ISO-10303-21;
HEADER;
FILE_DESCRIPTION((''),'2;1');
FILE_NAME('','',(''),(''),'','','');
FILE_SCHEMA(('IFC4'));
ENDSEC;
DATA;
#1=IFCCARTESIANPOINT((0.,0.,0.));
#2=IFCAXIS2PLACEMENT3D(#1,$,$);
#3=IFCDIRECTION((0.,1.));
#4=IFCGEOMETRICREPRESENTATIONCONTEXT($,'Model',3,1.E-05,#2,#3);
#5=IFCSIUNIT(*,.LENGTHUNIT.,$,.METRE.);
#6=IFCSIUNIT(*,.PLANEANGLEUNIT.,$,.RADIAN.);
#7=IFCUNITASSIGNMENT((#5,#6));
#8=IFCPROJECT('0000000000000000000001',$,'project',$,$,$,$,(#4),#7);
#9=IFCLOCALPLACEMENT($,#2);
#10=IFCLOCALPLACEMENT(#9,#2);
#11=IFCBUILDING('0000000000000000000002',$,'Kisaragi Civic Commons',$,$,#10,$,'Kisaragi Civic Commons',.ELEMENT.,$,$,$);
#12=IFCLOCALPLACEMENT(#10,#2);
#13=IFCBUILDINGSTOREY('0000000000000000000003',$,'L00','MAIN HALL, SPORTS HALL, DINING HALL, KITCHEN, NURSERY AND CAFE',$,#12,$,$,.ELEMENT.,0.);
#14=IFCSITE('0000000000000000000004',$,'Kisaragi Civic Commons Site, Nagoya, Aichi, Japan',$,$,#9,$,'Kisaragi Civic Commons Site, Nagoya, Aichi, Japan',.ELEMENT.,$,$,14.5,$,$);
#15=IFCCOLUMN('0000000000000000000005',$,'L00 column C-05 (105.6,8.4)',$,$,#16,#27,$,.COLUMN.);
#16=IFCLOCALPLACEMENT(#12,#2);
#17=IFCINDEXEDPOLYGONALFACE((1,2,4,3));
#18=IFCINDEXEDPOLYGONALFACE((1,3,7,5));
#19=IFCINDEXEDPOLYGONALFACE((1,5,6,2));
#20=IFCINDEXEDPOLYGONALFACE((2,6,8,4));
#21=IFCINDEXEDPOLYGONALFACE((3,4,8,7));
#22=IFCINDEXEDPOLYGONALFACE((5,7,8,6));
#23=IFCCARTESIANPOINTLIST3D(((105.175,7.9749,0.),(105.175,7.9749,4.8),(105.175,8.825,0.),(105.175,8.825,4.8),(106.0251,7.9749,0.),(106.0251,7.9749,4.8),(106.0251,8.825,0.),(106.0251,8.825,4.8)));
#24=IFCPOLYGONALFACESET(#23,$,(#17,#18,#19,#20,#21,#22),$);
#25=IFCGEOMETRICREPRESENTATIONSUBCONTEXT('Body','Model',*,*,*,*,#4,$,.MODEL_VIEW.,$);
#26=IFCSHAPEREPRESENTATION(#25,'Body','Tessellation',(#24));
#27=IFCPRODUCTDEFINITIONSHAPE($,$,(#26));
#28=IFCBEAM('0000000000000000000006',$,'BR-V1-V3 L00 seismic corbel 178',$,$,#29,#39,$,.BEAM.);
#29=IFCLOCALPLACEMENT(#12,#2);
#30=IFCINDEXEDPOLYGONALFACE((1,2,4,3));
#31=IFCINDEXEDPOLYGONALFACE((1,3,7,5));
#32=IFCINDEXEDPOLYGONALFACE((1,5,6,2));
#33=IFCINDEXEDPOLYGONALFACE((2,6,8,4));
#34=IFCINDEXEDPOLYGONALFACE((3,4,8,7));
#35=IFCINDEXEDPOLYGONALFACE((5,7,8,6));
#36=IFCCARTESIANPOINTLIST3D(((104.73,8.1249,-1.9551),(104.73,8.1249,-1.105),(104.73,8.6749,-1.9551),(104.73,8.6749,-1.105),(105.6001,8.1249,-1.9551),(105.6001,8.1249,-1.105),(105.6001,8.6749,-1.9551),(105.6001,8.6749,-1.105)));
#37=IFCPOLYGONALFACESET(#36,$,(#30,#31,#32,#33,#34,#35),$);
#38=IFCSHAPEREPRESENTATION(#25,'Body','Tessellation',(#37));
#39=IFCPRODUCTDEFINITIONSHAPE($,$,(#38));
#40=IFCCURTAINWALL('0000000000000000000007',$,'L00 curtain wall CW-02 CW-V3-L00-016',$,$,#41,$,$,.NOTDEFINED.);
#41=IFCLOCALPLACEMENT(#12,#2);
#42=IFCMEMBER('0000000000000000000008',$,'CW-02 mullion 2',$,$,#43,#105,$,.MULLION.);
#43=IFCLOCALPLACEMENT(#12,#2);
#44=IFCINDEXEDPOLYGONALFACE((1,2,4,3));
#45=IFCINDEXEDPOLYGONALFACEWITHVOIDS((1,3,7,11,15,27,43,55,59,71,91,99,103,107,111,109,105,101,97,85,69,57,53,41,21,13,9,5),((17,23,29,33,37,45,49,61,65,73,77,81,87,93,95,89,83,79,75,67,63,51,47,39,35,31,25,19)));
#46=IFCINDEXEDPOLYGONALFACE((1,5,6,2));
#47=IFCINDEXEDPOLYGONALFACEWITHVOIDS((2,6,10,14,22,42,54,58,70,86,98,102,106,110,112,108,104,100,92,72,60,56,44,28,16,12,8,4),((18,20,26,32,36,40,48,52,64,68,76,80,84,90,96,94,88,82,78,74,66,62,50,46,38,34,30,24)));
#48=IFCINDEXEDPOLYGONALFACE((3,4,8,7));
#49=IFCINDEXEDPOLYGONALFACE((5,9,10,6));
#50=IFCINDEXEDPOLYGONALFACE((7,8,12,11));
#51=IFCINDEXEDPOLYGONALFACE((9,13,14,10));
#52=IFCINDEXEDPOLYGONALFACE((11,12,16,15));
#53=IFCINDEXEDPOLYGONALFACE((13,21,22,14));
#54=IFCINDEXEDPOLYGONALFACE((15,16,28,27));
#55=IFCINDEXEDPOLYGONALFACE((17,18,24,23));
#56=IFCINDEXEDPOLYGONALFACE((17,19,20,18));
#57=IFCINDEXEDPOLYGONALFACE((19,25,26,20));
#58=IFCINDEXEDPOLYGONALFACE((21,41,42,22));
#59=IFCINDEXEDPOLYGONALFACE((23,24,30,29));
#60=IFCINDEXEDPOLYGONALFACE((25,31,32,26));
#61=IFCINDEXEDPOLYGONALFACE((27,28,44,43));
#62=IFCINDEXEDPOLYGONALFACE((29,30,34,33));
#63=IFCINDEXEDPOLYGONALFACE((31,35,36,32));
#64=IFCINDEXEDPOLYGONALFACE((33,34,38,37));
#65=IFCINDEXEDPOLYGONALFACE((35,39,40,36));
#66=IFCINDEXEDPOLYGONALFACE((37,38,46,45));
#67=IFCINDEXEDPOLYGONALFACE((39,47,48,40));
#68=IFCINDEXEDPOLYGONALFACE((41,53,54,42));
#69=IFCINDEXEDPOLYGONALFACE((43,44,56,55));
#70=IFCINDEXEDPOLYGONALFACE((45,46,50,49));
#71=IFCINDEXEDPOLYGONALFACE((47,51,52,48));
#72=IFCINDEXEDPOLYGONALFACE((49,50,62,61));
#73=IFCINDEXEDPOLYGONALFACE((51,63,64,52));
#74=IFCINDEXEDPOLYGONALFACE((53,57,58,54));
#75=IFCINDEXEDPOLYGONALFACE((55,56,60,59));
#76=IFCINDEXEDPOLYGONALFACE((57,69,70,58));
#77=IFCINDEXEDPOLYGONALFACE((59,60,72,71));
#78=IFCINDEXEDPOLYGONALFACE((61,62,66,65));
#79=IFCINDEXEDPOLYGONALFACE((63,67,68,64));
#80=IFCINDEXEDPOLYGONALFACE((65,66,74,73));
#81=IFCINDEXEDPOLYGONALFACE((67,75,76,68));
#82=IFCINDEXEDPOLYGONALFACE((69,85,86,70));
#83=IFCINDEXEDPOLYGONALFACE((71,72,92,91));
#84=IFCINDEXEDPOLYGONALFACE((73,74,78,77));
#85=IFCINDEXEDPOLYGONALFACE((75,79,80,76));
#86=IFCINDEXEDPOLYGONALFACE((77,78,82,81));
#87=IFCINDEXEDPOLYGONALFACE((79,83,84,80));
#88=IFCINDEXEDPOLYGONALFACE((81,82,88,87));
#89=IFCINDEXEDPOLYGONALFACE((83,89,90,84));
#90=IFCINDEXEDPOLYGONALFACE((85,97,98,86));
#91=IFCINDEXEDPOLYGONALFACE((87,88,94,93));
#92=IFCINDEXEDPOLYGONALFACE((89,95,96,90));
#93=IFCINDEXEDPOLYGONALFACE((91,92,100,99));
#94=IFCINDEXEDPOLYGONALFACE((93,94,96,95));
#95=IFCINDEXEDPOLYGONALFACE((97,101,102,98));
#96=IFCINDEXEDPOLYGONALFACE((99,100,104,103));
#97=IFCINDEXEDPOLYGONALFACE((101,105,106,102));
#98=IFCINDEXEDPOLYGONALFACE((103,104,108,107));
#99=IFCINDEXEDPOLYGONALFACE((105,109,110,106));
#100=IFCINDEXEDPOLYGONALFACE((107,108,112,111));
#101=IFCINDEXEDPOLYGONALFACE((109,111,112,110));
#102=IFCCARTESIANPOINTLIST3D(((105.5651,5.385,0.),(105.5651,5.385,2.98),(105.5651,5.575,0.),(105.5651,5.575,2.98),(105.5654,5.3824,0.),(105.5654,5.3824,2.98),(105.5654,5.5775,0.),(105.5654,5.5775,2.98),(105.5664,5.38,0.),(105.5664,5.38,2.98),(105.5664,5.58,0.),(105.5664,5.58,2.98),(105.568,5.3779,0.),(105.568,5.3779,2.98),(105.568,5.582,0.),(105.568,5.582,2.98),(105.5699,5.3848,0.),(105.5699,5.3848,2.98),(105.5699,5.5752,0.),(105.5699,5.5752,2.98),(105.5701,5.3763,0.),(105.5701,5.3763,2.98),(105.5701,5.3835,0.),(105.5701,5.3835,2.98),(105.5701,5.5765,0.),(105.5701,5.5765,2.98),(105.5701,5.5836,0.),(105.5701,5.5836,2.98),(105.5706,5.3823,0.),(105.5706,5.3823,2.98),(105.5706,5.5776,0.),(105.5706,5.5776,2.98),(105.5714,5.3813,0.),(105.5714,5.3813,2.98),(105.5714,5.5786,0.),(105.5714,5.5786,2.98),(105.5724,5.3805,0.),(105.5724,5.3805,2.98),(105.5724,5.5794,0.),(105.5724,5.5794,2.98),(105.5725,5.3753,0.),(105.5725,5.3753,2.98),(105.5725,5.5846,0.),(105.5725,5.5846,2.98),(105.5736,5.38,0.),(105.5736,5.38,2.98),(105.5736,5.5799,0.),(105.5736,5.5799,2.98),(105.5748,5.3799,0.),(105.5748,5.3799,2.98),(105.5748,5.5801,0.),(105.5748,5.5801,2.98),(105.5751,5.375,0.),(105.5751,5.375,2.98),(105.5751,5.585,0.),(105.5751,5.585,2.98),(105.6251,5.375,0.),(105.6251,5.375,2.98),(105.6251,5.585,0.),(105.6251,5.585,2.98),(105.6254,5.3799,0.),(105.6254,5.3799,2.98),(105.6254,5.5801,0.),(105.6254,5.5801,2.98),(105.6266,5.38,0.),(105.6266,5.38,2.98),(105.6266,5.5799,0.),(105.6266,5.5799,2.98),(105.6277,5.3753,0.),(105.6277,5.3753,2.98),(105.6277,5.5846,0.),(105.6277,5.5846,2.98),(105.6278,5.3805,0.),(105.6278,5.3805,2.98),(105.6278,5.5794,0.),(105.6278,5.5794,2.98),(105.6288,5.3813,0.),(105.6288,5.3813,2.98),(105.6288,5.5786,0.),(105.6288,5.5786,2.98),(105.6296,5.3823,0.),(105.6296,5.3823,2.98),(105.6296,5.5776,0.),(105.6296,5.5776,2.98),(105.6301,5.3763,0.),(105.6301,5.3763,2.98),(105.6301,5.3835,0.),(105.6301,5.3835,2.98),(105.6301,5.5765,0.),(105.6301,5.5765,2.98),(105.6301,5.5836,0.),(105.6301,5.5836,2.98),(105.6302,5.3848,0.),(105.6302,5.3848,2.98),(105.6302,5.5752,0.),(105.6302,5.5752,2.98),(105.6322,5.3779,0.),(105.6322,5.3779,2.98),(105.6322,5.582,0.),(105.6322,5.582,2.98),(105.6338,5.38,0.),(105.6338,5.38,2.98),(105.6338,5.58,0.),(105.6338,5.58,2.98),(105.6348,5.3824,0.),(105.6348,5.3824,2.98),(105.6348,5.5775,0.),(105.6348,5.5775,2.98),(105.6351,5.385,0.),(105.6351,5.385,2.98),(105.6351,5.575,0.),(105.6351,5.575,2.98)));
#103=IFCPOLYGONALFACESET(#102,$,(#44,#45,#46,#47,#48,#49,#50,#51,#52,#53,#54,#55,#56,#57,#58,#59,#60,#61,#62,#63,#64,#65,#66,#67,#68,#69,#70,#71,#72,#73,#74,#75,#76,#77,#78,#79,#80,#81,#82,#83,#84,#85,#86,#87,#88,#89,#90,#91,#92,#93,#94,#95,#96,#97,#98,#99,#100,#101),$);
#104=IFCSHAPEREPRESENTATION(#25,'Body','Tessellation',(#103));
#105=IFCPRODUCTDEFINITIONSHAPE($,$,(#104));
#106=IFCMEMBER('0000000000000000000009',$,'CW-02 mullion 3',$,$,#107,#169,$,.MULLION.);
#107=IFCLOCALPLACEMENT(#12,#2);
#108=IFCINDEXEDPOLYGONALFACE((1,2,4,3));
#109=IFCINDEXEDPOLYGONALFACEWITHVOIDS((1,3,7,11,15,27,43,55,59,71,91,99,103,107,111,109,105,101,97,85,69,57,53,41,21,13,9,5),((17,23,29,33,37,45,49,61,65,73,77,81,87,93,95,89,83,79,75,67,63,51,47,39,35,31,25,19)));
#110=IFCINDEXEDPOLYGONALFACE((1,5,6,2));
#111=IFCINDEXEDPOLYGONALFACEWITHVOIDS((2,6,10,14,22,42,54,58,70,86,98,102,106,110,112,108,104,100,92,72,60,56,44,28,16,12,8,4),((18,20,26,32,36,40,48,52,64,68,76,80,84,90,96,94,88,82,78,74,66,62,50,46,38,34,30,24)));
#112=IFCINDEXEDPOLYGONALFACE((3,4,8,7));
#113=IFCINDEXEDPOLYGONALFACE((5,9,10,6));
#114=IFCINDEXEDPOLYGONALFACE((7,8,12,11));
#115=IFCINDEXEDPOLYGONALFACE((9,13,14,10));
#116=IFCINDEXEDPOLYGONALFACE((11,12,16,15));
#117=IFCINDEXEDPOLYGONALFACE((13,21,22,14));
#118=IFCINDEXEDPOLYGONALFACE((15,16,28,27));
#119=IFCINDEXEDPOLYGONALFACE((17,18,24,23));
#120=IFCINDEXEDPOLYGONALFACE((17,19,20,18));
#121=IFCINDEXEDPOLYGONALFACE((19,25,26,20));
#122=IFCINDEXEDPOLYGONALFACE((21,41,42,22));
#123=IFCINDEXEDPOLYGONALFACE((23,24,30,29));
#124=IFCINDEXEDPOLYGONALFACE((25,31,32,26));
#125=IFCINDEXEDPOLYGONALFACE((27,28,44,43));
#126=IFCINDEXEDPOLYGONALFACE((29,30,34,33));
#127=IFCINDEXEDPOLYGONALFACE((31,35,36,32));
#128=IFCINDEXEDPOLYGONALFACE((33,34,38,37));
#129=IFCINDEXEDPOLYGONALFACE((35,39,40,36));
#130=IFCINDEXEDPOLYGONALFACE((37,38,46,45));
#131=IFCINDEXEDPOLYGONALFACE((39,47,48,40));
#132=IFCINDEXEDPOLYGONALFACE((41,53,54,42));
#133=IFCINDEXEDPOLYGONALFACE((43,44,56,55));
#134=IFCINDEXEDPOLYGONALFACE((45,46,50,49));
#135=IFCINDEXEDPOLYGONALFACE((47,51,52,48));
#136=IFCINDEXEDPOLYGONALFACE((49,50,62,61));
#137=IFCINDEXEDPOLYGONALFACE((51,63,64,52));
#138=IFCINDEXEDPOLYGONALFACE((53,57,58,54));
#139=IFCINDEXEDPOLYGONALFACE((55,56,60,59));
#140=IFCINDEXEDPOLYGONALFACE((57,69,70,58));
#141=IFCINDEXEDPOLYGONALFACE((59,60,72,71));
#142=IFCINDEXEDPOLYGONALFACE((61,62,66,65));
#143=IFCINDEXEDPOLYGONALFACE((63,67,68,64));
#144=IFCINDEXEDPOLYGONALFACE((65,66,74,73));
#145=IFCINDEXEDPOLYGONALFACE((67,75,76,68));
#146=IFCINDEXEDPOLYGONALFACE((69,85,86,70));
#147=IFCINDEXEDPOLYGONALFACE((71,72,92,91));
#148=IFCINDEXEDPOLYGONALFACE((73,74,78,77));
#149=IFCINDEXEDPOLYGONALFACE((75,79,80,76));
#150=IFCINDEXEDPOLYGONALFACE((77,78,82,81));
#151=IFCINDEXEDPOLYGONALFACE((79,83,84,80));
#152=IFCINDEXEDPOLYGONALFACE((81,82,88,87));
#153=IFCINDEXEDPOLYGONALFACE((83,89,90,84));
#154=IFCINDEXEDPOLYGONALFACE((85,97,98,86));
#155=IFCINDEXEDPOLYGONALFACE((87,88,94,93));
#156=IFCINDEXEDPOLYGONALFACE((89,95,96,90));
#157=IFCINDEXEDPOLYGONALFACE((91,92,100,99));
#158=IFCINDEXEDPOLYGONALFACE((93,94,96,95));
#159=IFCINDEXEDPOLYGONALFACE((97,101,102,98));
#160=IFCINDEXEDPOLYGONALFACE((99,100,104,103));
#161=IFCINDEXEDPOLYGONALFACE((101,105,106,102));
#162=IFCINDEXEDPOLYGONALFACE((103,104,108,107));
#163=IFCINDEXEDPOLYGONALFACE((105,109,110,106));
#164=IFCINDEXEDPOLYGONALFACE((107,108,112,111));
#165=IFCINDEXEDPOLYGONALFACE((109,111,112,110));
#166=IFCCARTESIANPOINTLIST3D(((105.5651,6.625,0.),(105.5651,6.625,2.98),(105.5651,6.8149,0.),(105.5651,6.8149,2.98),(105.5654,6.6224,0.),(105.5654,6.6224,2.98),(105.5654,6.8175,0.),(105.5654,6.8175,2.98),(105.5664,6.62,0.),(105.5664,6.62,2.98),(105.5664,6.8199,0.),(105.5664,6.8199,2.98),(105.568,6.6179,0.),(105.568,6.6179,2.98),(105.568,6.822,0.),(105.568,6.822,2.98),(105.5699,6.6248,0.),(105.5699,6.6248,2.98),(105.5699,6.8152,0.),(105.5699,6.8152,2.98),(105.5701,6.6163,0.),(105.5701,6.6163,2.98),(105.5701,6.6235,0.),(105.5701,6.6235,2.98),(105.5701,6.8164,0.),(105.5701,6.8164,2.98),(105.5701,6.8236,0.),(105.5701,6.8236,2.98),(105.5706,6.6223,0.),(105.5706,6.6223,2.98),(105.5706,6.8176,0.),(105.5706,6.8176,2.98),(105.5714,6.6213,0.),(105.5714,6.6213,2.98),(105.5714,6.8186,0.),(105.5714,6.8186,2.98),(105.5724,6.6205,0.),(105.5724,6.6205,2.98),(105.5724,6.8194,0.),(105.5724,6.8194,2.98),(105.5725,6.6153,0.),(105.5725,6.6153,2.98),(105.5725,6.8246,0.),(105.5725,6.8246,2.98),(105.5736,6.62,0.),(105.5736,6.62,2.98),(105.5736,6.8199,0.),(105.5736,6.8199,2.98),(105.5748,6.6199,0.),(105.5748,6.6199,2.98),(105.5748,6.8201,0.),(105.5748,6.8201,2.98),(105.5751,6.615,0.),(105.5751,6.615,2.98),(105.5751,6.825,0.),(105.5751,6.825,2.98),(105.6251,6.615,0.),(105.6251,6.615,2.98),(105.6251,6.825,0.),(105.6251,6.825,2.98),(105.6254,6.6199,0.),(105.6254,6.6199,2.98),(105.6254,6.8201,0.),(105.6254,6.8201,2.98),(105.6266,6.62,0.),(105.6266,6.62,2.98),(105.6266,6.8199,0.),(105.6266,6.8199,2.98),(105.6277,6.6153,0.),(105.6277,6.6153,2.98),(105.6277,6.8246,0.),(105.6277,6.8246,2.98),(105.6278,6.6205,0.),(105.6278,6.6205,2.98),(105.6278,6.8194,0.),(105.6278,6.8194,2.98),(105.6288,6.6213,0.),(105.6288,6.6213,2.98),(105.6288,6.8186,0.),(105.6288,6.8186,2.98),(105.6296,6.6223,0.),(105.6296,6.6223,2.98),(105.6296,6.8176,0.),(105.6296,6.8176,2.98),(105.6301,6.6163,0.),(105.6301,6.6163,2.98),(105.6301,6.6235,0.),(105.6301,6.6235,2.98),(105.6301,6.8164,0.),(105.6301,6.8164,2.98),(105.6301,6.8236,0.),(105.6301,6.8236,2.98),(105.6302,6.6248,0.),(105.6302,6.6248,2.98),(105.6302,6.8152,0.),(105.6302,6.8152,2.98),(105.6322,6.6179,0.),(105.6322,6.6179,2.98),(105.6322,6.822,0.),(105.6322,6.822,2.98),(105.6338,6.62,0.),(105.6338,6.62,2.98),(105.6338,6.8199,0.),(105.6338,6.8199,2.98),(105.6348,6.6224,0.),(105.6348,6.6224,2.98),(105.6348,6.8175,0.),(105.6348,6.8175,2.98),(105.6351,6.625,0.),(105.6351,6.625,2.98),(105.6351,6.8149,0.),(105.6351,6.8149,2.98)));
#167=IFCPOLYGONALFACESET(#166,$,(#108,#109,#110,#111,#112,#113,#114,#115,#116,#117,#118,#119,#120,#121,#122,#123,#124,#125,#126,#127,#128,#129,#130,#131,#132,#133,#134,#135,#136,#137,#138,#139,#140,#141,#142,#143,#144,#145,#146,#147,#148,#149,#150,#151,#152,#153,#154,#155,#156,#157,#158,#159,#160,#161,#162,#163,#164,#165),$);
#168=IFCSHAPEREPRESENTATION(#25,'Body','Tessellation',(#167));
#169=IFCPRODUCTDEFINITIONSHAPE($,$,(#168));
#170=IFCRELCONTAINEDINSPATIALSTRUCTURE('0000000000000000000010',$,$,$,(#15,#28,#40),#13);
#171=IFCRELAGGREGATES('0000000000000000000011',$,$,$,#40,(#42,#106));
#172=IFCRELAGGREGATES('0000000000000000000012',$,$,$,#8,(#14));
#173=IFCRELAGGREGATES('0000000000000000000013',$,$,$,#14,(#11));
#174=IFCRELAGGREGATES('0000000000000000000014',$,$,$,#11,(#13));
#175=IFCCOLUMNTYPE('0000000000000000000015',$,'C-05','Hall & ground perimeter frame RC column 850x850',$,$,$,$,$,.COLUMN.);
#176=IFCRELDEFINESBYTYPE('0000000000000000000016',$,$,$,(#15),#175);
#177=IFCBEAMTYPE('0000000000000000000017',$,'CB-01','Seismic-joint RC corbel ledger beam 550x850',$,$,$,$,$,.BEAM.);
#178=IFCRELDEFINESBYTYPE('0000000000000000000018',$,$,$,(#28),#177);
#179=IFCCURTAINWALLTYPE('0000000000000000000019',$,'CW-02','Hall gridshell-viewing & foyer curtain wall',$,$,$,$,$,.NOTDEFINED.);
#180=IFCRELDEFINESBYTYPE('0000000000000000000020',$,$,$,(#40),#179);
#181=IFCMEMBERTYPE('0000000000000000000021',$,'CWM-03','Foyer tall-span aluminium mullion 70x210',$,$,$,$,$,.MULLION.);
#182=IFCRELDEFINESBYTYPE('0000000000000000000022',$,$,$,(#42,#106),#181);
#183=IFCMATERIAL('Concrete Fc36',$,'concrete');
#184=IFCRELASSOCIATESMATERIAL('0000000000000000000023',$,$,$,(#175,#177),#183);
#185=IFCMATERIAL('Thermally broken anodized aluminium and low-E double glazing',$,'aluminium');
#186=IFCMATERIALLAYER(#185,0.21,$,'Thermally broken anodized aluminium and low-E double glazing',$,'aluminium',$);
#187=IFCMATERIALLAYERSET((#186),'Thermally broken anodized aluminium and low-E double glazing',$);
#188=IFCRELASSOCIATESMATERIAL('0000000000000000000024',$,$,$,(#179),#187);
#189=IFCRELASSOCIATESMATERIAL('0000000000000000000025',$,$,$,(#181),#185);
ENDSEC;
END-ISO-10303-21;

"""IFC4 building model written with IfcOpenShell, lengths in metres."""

from ifc_helpers import new_model, si_unit, direction, frame, origin, origin_2d, place, context, subcontext, project, spatial, rectangle, hollow_rectangle, extrude, material, layer, layer_set, material_profile, profile_set, type_object, element, aggregate, save


model = new_model("IFC4")

# Units and contexts
model_context = context("Model", 3, precision=1e-05, world=origin(), true_north=direction((0.0, 1.0)))
body_context = subcontext(model_context, "Body", "Model", "MODEL_VIEW")
ifc_project = project(units=[si_unit("LENGTHUNIT", "METRE"), si_unit("PLANEANGLEUNIT", "RADIAN")], contexts=[model_context])

# Site, building, storey
site_placement = place(None, origin())
site = spatial("IfcSite", under=ifc_project, at=site_placement, Name="Kisaragi Civic Commons Site, Nagoya, Aichi, Japan", LongName="Kisaragi Civic Commons Site, Nagoya, Aichi, Japan", CompositionType="ELEMENT", RefElevation=14.5)
building_placement = place(site_placement, origin())
building = spatial("IfcBuilding", under=site, at=building_placement, Name="Kisaragi Civic Commons", LongName="Kisaragi Civic Commons", CompositionType="ELEMENT")
storey_placement = place(building_placement, origin())
storey = spatial("IfcBuildingStorey", under=building, at=storey_placement, Name="L00", Description="MAIN HALL, SPORTS HALL, DINING HALL, KITCHEN, NURSERY AND CAFE", CompositionType="ELEMENT", Elevation=0.0)

# Column
ifc_material_1 = material(Name="Concrete Fc36", Category="concrete")
ifc_material_profile_1 = material_profile(ifc_material_1, rectangle(XDim=0.8501, YDim=0.8501, at=origin_2d()), Name="RC-850x850", Category="concrete")
ifc_profile_set_1 = profile_set([ifc_material_profile_1], Name="Concrete Fc36")
column_type = type_object("IfcColumnType", Name="C-05", Description="Hall & ground perimeter frame RC column 850x850", PredefinedType="COLUMN", material=ifc_profile_set_1)
column_placement = place(storey_placement, frame((105.6001, 8.3999, 0.0), z_axis=(0.0, 0.0, 1.0), x_axis=(1.0, 0.0, 0.0)))
element("IfcColumn", 1, at=column_placement, inside=storey, type_object=column_type, Name="L00 column C-05 (105.6,8.4)", PredefinedType="COLUMN", context=body_context, shape_type="SweptSolid", body=[
    extrude(rectangle(XDim=0.8501, YDim=0.8501, at=origin_2d()), origin(), (0.0, 0.0, 1.0), 4.8),
])

# Beam
ifc_material_profile_2 = material_profile(ifc_material_1, rectangle(XDim=0.55, YDim=0.8501, at=origin_2d()), Name="RC-550x850", Category="concrete")
ifc_profile_set_2 = profile_set([ifc_material_profile_2], Name="Concrete Fc36")
beam_type_1 = type_object("IfcBeamType", Name="CB-01", Description="Seismic-joint RC corbel ledger beam 550x850", PredefinedType="BEAM", material=ifc_profile_set_2)
beam_1_placement = place(storey_placement, frame((105.6001, 8.3999, -1.53), z_axis=(-1.0, 0.0, 0.0), x_axis=(0.0, -1.0, 0.0)))
element("IfcBeam", 2, at=beam_1_placement, inside=storey, type_object=beam_type_1, Name="BR-V1-V3 L00 seismic corbel 178", PredefinedType="BEAM", context=body_context, shape_type="SweptSolid", body=[
    extrude(rectangle(XDim=0.55, YDim=0.8501, at=origin_2d()), origin(), (0.0, 0.0, 1.0), 0.8701),
])

# Curtain wall, members
ifc_material_2 = material(Name="Thermally broken anodized aluminium and low-E double glazing", Category="aluminium")
ifc_layer_1 = layer(ifc_material_2, 0.21, Name="Thermally broken anodized aluminium and low-E double glazing", Category="aluminium")
ifc_layer_set_1 = layer_set([ifc_layer_1], Name="Thermally broken anodized aluminium and low-E double glazing")
curtain_wall_type = type_object("IfcCurtainWallType", Name="CW-02", Description="Hall gridshell-viewing & foyer curtain wall", PredefinedType="NOTDEFINED", material=ifc_layer_set_1)
curtain_wall_1_placement = place(storey_placement, origin())
curtain_wall_1 = element("IfcCurtainWall", 3, at=curtain_wall_1_placement, inside=storey, type_object=curtain_wall_type, Name="L00 curtain wall CW-02 CW-V3-L00-016", PredefinedType="NOTDEFINED")
ifc_material_profile_3 = material_profile(ifc_material_2, hollow_rectangle(XDim=0.0701, YDim=0.21, WallThickness=0.0049, InnerFilletRadius=0.0049, OuterFilletRadius=0.01, at=origin_2d()), Name="CWM-70x210x5", Category="aluminium")
ifc_profile_set_3 = profile_set([ifc_material_profile_3], Name="Thermally broken anodized aluminium and low-E double glazing")
member_type_1 = type_object("IfcMemberType", Name="CWM-03", Description="Foyer tall-span aluminium mullion 70x210", PredefinedType="MULLION", material=ifc_profile_set_3)
member_1_placement = place(storey_placement, frame((105.6001, 5.48, 0.0), z_axis=(0.0, 0.0, 1.0), x_axis=(-1.0, 0.0, 0.0)))
member_1 = element("IfcMember", 4, at=member_1_placement, type_object=member_type_1, Name="CW-02 mullion 2", PredefinedType="MULLION", context=body_context, shape_type="SweptSolid", body=[
    extrude(hollow_rectangle(XDim=0.0701, YDim=0.21, WallThickness=0.0049, InnerFilletRadius=0.0049, OuterFilletRadius=0.01, at=origin_2d()), origin(), (0.0, 0.0, 1.0), 2.98),
])
member_2_placement = place(storey_placement, frame((105.6001, 6.72, 0.0), z_axis=(0.0, 0.0, 1.0), x_axis=(-1.0, 0.0, 0.0)))
member_2 = element("IfcMember", 5, at=member_2_placement, type_object=member_type_1, Name="CW-02 mullion 3", PredefinedType="MULLION", context=body_context, shape_type="SweptSolid", body=[
    extrude(hollow_rectangle(XDim=0.0701, YDim=0.21, WallThickness=0.0049, InnerFilletRadius=0.0049, OuterFilletRadius=0.01, at=origin_2d()), origin(), (0.0, 0.0, 1.0), 2.98),
])

aggregate(curtain_wall_1, [member_1, member_2])

save(model, "model.ifc")
